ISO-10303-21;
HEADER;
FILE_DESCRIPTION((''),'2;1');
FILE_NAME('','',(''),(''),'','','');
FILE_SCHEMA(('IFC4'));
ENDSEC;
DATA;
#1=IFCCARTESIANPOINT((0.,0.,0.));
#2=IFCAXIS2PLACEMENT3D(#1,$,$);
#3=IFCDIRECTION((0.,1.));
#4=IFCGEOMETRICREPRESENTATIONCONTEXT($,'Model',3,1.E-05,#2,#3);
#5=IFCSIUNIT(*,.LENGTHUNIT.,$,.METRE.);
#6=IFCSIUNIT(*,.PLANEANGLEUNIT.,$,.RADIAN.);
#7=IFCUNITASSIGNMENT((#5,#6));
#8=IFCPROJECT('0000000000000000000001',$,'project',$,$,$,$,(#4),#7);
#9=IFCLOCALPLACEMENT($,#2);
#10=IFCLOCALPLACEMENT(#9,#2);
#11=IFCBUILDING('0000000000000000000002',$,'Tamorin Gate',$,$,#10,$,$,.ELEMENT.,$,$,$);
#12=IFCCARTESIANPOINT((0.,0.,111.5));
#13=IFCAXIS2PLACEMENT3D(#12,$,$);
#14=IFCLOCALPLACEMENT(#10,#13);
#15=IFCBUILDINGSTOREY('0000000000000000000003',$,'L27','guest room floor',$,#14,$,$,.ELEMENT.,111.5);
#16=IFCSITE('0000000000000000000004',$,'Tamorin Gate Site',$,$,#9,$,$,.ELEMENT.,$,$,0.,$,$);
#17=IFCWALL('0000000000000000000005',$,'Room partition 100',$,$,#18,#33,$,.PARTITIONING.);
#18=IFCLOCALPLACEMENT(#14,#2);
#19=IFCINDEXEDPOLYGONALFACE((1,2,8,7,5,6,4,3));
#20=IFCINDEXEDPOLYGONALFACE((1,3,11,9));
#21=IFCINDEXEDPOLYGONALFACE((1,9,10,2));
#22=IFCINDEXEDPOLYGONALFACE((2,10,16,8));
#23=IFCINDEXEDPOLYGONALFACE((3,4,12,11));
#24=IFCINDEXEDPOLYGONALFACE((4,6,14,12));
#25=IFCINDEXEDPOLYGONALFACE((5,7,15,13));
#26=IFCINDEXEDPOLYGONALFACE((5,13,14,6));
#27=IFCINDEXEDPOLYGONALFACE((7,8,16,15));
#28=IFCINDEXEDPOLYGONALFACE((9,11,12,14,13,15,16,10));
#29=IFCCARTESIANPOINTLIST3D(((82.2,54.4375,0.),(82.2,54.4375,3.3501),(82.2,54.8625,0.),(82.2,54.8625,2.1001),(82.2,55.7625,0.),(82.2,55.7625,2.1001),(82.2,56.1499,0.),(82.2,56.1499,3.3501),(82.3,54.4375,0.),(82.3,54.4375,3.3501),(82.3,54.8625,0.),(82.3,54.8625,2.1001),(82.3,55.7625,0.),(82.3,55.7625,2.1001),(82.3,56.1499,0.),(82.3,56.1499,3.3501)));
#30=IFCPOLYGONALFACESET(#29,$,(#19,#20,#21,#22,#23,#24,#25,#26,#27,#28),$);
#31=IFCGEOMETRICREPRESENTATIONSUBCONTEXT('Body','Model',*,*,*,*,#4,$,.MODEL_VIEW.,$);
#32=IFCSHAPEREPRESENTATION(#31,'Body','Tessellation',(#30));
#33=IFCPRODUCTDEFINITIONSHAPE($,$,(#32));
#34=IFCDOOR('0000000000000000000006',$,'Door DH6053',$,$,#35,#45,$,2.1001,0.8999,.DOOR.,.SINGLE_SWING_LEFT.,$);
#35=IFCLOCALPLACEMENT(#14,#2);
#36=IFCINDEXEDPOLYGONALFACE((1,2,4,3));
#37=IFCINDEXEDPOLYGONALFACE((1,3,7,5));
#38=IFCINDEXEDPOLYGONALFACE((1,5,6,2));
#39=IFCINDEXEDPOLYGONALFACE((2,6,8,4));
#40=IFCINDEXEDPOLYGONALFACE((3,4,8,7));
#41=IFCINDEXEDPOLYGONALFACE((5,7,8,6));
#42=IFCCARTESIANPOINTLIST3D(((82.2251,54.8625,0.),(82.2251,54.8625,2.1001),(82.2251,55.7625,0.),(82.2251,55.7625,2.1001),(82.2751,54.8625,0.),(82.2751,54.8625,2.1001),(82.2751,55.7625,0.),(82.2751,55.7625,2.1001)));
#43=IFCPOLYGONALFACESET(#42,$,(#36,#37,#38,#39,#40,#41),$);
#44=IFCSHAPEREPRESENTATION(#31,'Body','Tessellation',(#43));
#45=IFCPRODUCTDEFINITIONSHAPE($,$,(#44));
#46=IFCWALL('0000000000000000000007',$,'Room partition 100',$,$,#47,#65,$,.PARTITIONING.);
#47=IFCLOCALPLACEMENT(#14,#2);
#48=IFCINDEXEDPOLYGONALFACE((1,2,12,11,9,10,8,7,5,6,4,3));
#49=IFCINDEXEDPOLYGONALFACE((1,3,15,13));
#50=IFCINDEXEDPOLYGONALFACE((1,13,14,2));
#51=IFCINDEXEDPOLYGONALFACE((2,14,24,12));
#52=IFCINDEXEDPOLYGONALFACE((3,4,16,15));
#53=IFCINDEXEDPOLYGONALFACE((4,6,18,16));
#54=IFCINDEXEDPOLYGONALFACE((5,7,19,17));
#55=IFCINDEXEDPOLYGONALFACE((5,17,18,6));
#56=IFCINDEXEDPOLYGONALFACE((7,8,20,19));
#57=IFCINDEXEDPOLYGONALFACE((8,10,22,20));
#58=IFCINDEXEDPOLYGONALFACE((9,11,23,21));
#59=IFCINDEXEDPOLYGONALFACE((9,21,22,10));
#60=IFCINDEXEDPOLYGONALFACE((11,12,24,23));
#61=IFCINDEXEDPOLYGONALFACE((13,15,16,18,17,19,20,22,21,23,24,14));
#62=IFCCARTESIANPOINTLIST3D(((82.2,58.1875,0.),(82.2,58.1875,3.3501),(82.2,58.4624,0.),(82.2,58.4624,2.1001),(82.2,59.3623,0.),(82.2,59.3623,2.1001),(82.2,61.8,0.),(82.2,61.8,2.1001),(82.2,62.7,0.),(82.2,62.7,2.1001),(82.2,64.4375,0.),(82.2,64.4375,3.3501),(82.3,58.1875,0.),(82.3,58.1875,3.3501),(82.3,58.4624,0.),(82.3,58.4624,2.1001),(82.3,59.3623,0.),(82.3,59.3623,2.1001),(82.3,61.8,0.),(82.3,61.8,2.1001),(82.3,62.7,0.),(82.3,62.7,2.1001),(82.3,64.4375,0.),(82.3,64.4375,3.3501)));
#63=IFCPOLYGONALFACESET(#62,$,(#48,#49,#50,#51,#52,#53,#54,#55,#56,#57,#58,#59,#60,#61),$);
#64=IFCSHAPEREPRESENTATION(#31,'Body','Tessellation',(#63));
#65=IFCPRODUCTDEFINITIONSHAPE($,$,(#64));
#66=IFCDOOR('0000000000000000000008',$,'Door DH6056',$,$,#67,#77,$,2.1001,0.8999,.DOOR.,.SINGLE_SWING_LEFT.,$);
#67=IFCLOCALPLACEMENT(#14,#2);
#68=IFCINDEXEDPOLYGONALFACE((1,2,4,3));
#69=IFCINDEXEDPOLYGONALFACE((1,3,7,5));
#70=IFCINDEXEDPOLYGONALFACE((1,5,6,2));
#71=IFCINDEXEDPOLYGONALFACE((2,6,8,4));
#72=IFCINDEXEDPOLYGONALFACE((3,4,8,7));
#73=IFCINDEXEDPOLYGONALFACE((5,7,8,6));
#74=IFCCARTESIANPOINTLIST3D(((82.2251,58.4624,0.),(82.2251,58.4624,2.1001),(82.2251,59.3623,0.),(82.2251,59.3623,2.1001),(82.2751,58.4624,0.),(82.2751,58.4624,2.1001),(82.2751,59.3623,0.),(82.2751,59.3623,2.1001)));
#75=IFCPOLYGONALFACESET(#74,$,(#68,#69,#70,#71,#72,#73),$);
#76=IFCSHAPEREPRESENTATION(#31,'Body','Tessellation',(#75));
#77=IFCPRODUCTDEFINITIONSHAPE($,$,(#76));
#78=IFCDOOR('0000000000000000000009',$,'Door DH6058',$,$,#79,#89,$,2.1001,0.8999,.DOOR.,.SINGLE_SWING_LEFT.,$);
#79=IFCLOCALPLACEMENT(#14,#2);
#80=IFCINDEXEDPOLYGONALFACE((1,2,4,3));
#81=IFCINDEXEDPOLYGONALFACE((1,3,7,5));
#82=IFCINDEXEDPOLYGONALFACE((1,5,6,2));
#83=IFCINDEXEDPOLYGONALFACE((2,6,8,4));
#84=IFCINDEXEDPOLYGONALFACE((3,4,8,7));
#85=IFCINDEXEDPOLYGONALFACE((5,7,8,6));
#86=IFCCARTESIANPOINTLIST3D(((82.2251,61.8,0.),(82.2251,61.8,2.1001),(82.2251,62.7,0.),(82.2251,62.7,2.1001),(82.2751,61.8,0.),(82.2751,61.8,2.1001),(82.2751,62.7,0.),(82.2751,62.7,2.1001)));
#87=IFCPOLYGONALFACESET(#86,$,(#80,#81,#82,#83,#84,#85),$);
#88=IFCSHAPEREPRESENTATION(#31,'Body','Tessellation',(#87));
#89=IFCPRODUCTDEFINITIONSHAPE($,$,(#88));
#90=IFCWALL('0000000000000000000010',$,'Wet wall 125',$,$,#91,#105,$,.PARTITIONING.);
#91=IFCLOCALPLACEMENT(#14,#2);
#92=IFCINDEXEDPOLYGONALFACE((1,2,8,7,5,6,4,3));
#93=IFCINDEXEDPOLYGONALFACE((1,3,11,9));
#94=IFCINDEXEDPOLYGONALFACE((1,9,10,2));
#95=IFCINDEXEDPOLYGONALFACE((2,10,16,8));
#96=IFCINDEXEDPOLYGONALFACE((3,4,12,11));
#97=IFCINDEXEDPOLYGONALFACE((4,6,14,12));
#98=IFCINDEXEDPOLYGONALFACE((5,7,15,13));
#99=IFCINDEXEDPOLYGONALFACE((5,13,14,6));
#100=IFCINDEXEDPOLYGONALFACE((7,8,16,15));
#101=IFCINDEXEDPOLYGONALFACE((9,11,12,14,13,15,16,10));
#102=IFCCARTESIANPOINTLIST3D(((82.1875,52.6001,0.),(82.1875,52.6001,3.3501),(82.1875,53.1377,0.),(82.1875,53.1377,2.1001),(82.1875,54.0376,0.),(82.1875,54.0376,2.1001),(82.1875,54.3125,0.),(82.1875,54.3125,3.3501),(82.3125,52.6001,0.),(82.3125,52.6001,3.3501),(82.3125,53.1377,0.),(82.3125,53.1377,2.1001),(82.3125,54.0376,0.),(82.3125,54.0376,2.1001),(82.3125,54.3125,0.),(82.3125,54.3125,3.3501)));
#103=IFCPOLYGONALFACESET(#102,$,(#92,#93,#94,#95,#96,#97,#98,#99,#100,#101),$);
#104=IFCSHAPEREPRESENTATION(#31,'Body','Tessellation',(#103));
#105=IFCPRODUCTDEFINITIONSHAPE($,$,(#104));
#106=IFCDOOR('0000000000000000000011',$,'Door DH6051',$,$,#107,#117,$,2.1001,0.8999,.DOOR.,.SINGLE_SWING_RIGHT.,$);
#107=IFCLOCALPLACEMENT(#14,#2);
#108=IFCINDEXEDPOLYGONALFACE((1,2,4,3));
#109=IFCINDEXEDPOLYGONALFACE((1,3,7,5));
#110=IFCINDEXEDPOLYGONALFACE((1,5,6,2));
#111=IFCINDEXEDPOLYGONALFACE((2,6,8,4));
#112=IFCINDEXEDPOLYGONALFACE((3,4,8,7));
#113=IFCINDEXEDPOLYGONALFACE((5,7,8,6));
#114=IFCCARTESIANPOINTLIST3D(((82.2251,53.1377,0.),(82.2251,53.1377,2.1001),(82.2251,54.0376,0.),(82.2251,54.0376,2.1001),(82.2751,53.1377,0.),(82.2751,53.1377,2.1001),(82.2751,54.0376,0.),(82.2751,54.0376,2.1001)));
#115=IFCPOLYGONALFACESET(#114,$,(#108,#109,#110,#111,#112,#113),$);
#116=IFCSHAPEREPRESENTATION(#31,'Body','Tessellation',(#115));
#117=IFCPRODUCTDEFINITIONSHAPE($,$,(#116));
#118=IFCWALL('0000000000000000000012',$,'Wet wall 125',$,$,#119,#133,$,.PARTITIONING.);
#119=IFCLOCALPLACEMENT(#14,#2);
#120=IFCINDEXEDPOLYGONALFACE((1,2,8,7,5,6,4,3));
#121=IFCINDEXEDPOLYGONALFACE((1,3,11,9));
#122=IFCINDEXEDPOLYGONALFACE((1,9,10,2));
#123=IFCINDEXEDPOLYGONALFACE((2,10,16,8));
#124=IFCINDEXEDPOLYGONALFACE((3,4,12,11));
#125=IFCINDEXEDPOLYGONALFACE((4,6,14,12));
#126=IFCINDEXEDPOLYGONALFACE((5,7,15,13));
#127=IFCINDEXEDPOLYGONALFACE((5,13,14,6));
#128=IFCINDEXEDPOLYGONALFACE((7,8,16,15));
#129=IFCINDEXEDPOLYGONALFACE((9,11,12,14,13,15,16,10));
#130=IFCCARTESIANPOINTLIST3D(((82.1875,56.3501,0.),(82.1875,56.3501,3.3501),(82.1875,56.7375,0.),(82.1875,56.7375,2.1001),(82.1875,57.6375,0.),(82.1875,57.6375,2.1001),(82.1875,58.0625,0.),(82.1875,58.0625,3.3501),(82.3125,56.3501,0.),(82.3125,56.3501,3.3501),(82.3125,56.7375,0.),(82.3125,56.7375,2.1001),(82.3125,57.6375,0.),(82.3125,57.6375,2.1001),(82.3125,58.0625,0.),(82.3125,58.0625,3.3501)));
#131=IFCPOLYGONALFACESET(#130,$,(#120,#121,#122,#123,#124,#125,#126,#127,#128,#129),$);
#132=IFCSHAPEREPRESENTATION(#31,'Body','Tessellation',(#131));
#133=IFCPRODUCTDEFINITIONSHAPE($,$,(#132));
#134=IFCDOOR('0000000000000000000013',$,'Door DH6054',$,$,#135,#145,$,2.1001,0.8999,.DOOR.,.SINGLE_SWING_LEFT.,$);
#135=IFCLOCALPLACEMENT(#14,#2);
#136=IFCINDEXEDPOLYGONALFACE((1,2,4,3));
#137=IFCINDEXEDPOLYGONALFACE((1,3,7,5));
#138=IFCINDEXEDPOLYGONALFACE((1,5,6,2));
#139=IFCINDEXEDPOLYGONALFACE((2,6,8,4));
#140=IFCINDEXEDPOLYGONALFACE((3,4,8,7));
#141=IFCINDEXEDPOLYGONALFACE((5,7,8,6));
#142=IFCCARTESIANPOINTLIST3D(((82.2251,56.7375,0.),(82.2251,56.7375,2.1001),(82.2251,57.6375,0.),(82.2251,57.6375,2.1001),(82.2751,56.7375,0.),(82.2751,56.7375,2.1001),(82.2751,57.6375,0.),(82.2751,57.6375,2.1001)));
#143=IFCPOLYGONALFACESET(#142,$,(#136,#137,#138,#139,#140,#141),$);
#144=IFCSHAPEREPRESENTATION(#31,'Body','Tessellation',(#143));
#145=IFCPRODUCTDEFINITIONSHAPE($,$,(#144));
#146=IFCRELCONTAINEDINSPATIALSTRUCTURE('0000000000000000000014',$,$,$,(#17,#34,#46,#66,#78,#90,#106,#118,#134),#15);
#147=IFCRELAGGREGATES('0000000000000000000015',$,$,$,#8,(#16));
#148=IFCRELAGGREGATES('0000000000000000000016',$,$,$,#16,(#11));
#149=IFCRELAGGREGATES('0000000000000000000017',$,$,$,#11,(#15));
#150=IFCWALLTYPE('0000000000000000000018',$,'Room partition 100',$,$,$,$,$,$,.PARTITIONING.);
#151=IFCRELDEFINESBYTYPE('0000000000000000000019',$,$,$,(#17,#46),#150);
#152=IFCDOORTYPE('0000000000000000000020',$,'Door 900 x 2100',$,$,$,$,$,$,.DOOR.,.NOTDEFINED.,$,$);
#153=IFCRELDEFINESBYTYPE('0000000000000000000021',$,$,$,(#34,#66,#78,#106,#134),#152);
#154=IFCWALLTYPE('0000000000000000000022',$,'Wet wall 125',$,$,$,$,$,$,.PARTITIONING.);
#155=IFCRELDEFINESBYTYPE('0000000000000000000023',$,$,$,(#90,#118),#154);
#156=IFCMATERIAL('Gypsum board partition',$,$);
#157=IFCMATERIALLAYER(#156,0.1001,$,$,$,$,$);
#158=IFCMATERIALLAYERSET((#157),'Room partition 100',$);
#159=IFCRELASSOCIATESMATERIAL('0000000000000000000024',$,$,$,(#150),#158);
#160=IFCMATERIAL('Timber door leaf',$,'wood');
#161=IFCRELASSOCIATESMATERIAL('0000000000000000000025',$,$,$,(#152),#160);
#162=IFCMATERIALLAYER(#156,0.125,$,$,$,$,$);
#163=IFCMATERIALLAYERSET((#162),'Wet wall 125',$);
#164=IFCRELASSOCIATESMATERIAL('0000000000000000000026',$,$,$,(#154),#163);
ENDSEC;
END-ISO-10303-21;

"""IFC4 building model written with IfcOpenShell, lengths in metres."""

from ifc_helpers import new_model, si_unit, direction, frame, frame_2d, origin, place, context, subcontext, project, spatial, rectangle, extrude, material, layer, layer_set, type_object, element, fill, save


model = new_model("IFC4")

# Units and contexts
model_context = context("Model", 3, precision=1e-05, world=origin(), true_north=direction((0.0, 1.0)))
body_context = subcontext(model_context, "Body", "Model", "MODEL_VIEW")
ifc_project = project(units=[si_unit("LENGTHUNIT", "METRE"), si_unit("PLANEANGLEUNIT", "RADIAN")], contexts=[model_context])

# Site, building, storey
site_placement = place(None, origin())
site = spatial("IfcSite", under=ifc_project, at=site_placement, Name="Tamorin Gate Site", CompositionType="ELEMENT", RefElevation=0.0)
building_placement = place(site_placement, origin())
building = spatial("IfcBuilding", under=site, at=building_placement, Name="Tamorin Gate", CompositionType="ELEMENT")
storey_placement = place(building_placement, frame((0.0, 0.0, 111.5)))
storey = spatial("IfcBuildingStorey", under=building, at=storey_placement, Name="L27", Description="guest room floor", CompositionType="ELEMENT", Elevation=111.5)

# Wall, opening, door
ifc_material_1 = material(Name="Gypsum board partition")
ifc_layer_1 = layer(ifc_material_1, 0.1001)
ifc_layer_set_1 = layer_set([ifc_layer_1], Name="Room partition 100")
wall_type_1 = type_object("IfcWallType", Name="Room partition 100", PredefinedType="PARTITIONING", material=ifc_layer_set_1)
wall_1_placement = place(storey_placement, frame((82.25, 54.4375, 0.0), z_axis=(0.0, 0.0, 1.0), x_axis=(0.0, 1.0, 0.0)))
wall_1 = element("IfcWall", 1, at=wall_1_placement, inside=storey, type_object=wall_type_1, Name="Room partition 100", PredefinedType="PARTITIONING", context=body_context, shape_type="SweptSolid", body=[
    extrude(rectangle(XDim=1.7124, YDim=0.1001, at=frame_2d((0.8562, 0.0))), origin(), (0.0, 0.0, 1.0), 3.3501),
])
opening_1_placement = place(wall_1_placement, frame((0.425, 0.0, 0.0)))
opening_1 = element("IfcOpeningElement", 2, at=opening_1_placement, cuts=wall_1, PredefinedType="OPENING", context=body_context, shape_type="SweptSolid", body=[
    extrude(rectangle(XDim=0.8999, YDim=2.1001, at=frame_2d((0.45, 1.05))), frame((0.0, 0.0601, 0.0), z_axis=(0.0, -1.0, 0.0), x_axis=(1.0, 0.0, 0.0)), (0.0, 0.0, 1.0), 0.1201),
])
ifc_material_2 = material(Name="Timber door leaf", Category="wood")
door_type = type_object("IfcDoorType", Name="Door 900 x 2100", OperationType="NOTDEFINED", PredefinedType="DOOR", material=ifc_material_2)
door_1_placement = place(opening_1_placement, origin())
door_1 = element("IfcDoor", 3, at=door_1_placement, inside=storey, type_object=door_type, Name="Door DH6053", OperationType="SINGLE_SWING_LEFT", OverallHeight=2.1001, OverallWidth=0.8999, PredefinedType="DOOR", context=body_context, shape_type="SweptSolid", body=[
    extrude(rectangle(XDim=0.8999, YDim=2.1001, at=frame_2d((0.45, 1.05))), frame((0.0, 0.0249, 0.0), z_axis=(0.0, -1.0, 0.0), x_axis=(1.0, 0.0, 0.0)), (0.0, 0.0, 1.0), 0.05),
])
fill(opening_1, door_1)

# Wall, openings, doors
wall_2_placement = place(storey_placement, frame((82.25, 58.1875, 0.0), z_axis=(0.0, 0.0, 1.0), x_axis=(0.0, 1.0, 0.0)))
wall_2 = element("IfcWall", 4, at=wall_2_placement, inside=storey, type_object=wall_type_1, Name="Room partition 100", PredefinedType="PARTITIONING", context=body_context, shape_type="SweptSolid", body=[
    extrude(rectangle(XDim=6.25, YDim=0.1001, at=frame_2d((3.125, 0.0))), origin(), (0.0, 0.0, 1.0), 3.3501),
])
opening_2_placement = place(wall_2_placement, frame((0.2749, 0.0, 0.0)))
opening_2 = element("IfcOpeningElement", 5, at=opening_2_placement, cuts=wall_2, PredefinedType="OPENING", context=body_context, shape_type="SweptSolid", body=[
    extrude(rectangle(XDim=0.8999, YDim=2.1001, at=frame_2d((0.45, 1.05))), frame((0.0, 0.0601, 0.0), z_axis=(0.0, -1.0, 0.0), x_axis=(1.0, 0.0, 0.0)), (0.0, 0.0, 1.0), 0.1201),
])
opening_3_placement = place(wall_2_placement, frame((3.6125, 0.0, 0.0)))
opening_3 = element("IfcOpeningElement", 6, at=opening_3_placement, cuts=wall_2, PredefinedType="OPENING", context=body_context, shape_type="SweptSolid", body=[
    extrude(rectangle(XDim=0.8999, YDim=2.1001, at=frame_2d((0.45, 1.05))), frame((0.0, 0.0601, 0.0), z_axis=(0.0, -1.0, 0.0), x_axis=(1.0, 0.0, 0.0)), (0.0, 0.0, 1.0), 0.1201),
])
door_2_placement = place(opening_2_placement, origin())
door_2 = element("IfcDoor", 7, at=door_2_placement, inside=storey, type_object=door_type, Name="Door DH6056", OperationType="SINGLE_SWING_LEFT", OverallHeight=2.1001, OverallWidth=0.8999, PredefinedType="DOOR", context=body_context, shape_type="SweptSolid", body=[
    extrude(rectangle(XDim=0.8999, YDim=2.1001, at=frame_2d((0.45, 1.05))), frame((0.0, 0.0249, 0.0), z_axis=(0.0, -1.0, 0.0), x_axis=(1.0, 0.0, 0.0)), (0.0, 0.0, 1.0), 0.05),
])
fill(opening_2, door_2)
door_3_placement = place(opening_3_placement, origin())
door_3 = element("IfcDoor", 8, at=door_3_placement, inside=storey, type_object=door_type, Name="Door DH6058", OperationType="SINGLE_SWING_LEFT", OverallHeight=2.1001, OverallWidth=0.8999, PredefinedType="DOOR", context=body_context, shape_type="SweptSolid", body=[
    extrude(rectangle(XDim=0.8999, YDim=2.1001, at=frame_2d((0.45, 1.05))), frame((0.0, 0.0249, 0.0), z_axis=(0.0, -1.0, 0.0), x_axis=(1.0, 0.0, 0.0)), (0.0, 0.0, 1.0), 0.05),
])
fill(opening_3, door_3)

# Walls, openings, doors
ifc_layer_2 = layer(ifc_material_1, 0.125)
ifc_layer_set_2 = layer_set([ifc_layer_2], Name="Wet wall 125")
wall_type_2 = type_object("IfcWallType", Name="Wet wall 125", PredefinedType="PARTITIONING", material=ifc_layer_set_2)
wall_3_placement = place(storey_placement, frame((82.25, 52.6001, 0.0), z_axis=(0.0, 0.0, 1.0), x_axis=(0.0, 1.0, 0.0)))
wall_3 = element("IfcWall", 9, at=wall_3_placement, inside=storey, type_object=wall_type_2, Name="Wet wall 125", PredefinedType="PARTITIONING", context=body_context, shape_type="SweptSolid", body=[
    extrude(rectangle(XDim=1.7124, YDim=0.125, at=frame_2d((0.8562, 0.0))), origin(), (0.0, 0.0, 1.0), 3.3501),
])
opening_4_placement = place(wall_3_placement, frame((0.5376, 0.0, 0.0)))
opening_4 = element("IfcOpeningElement", 10, at=opening_4_placement, cuts=wall_3, PredefinedType="OPENING", context=body_context, shape_type="SweptSolid", body=[
    extrude(rectangle(XDim=0.8999, YDim=2.1001, at=frame_2d((0.45, 1.05))), frame((0.0, 0.0725, 0.0), z_axis=(0.0, -1.0, 0.0), x_axis=(1.0, 0.0, 0.0)), (0.0, 0.0, 1.0), 0.145),
])
door_4_placement = place(opening_4_placement, origin())
door_4 = element("IfcDoor", 11, at=door_4_placement, inside=storey, type_object=door_type, Name="Door DH6051", OperationType="SINGLE_SWING_RIGHT", OverallHeight=2.1001, OverallWidth=0.8999, PredefinedType="DOOR", context=body_context, shape_type="SweptSolid", body=[
    extrude(rectangle(XDim=0.8999, YDim=2.1001, at=frame_2d((0.45, 1.05))), frame((0.0, 0.0249, 0.0), z_axis=(0.0, -1.0, 0.0), x_axis=(1.0, 0.0, 0.0)), (0.0, 0.0, 1.0), 0.05),
])
fill(opening_4, door_4)
wall_4_placement = place(storey_placement, frame((82.25, 56.3501, 0.0), z_axis=(0.0, 0.0, 1.0), x_axis=(0.0, 1.0, 0.0)))
wall_4 = element("IfcWall", 12, at=wall_4_placement, inside=storey, type_object=wall_type_2, Name="Wet wall 125", PredefinedType="PARTITIONING", context=body_context, shape_type="SweptSolid", body=[
    extrude(rectangle(XDim=1.7124, YDim=0.125, at=frame_2d((0.8562, 0.0))), origin(), (0.0, 0.0, 1.0), 3.3501),
])
opening_5_placement = place(wall_4_placement, frame((0.3875, 0.0, 0.0)))
opening_5 = element("IfcOpeningElement", 13, at=opening_5_placement, cuts=wall_4, PredefinedType="OPENING", context=body_context, shape_type="SweptSolid", body=[
    extrude(rectangle(XDim=0.8999, YDim=2.1001, at=frame_2d((0.45, 1.05))), frame((0.0, 0.0725, 0.0), z_axis=(0.0, -1.0, 0.0), x_axis=(1.0, 0.0, 0.0)), (0.0, 0.0, 1.0), 0.145),
])
door_5_placement = place(opening_5_placement, origin())
door_5 = element("IfcDoor", 14, at=door_5_placement, inside=storey, type_object=door_type, Name="Door DH6054", OperationType="SINGLE_SWING_LEFT", OverallHeight=2.1001, OverallWidth=0.8999, PredefinedType="DOOR", context=body_context, shape_type="SweptSolid", body=[
    extrude(rectangle(XDim=0.8999, YDim=2.1001, at=frame_2d((0.45, 1.05))), frame((0.0, 0.0249, 0.0), z_axis=(0.0, -1.0, 0.0), x_axis=(1.0, 0.0, 0.0)), (0.0, 0.0, 1.0), 0.05),
])
fill(opening_5, door_5)

save(model, "model.ifc")
